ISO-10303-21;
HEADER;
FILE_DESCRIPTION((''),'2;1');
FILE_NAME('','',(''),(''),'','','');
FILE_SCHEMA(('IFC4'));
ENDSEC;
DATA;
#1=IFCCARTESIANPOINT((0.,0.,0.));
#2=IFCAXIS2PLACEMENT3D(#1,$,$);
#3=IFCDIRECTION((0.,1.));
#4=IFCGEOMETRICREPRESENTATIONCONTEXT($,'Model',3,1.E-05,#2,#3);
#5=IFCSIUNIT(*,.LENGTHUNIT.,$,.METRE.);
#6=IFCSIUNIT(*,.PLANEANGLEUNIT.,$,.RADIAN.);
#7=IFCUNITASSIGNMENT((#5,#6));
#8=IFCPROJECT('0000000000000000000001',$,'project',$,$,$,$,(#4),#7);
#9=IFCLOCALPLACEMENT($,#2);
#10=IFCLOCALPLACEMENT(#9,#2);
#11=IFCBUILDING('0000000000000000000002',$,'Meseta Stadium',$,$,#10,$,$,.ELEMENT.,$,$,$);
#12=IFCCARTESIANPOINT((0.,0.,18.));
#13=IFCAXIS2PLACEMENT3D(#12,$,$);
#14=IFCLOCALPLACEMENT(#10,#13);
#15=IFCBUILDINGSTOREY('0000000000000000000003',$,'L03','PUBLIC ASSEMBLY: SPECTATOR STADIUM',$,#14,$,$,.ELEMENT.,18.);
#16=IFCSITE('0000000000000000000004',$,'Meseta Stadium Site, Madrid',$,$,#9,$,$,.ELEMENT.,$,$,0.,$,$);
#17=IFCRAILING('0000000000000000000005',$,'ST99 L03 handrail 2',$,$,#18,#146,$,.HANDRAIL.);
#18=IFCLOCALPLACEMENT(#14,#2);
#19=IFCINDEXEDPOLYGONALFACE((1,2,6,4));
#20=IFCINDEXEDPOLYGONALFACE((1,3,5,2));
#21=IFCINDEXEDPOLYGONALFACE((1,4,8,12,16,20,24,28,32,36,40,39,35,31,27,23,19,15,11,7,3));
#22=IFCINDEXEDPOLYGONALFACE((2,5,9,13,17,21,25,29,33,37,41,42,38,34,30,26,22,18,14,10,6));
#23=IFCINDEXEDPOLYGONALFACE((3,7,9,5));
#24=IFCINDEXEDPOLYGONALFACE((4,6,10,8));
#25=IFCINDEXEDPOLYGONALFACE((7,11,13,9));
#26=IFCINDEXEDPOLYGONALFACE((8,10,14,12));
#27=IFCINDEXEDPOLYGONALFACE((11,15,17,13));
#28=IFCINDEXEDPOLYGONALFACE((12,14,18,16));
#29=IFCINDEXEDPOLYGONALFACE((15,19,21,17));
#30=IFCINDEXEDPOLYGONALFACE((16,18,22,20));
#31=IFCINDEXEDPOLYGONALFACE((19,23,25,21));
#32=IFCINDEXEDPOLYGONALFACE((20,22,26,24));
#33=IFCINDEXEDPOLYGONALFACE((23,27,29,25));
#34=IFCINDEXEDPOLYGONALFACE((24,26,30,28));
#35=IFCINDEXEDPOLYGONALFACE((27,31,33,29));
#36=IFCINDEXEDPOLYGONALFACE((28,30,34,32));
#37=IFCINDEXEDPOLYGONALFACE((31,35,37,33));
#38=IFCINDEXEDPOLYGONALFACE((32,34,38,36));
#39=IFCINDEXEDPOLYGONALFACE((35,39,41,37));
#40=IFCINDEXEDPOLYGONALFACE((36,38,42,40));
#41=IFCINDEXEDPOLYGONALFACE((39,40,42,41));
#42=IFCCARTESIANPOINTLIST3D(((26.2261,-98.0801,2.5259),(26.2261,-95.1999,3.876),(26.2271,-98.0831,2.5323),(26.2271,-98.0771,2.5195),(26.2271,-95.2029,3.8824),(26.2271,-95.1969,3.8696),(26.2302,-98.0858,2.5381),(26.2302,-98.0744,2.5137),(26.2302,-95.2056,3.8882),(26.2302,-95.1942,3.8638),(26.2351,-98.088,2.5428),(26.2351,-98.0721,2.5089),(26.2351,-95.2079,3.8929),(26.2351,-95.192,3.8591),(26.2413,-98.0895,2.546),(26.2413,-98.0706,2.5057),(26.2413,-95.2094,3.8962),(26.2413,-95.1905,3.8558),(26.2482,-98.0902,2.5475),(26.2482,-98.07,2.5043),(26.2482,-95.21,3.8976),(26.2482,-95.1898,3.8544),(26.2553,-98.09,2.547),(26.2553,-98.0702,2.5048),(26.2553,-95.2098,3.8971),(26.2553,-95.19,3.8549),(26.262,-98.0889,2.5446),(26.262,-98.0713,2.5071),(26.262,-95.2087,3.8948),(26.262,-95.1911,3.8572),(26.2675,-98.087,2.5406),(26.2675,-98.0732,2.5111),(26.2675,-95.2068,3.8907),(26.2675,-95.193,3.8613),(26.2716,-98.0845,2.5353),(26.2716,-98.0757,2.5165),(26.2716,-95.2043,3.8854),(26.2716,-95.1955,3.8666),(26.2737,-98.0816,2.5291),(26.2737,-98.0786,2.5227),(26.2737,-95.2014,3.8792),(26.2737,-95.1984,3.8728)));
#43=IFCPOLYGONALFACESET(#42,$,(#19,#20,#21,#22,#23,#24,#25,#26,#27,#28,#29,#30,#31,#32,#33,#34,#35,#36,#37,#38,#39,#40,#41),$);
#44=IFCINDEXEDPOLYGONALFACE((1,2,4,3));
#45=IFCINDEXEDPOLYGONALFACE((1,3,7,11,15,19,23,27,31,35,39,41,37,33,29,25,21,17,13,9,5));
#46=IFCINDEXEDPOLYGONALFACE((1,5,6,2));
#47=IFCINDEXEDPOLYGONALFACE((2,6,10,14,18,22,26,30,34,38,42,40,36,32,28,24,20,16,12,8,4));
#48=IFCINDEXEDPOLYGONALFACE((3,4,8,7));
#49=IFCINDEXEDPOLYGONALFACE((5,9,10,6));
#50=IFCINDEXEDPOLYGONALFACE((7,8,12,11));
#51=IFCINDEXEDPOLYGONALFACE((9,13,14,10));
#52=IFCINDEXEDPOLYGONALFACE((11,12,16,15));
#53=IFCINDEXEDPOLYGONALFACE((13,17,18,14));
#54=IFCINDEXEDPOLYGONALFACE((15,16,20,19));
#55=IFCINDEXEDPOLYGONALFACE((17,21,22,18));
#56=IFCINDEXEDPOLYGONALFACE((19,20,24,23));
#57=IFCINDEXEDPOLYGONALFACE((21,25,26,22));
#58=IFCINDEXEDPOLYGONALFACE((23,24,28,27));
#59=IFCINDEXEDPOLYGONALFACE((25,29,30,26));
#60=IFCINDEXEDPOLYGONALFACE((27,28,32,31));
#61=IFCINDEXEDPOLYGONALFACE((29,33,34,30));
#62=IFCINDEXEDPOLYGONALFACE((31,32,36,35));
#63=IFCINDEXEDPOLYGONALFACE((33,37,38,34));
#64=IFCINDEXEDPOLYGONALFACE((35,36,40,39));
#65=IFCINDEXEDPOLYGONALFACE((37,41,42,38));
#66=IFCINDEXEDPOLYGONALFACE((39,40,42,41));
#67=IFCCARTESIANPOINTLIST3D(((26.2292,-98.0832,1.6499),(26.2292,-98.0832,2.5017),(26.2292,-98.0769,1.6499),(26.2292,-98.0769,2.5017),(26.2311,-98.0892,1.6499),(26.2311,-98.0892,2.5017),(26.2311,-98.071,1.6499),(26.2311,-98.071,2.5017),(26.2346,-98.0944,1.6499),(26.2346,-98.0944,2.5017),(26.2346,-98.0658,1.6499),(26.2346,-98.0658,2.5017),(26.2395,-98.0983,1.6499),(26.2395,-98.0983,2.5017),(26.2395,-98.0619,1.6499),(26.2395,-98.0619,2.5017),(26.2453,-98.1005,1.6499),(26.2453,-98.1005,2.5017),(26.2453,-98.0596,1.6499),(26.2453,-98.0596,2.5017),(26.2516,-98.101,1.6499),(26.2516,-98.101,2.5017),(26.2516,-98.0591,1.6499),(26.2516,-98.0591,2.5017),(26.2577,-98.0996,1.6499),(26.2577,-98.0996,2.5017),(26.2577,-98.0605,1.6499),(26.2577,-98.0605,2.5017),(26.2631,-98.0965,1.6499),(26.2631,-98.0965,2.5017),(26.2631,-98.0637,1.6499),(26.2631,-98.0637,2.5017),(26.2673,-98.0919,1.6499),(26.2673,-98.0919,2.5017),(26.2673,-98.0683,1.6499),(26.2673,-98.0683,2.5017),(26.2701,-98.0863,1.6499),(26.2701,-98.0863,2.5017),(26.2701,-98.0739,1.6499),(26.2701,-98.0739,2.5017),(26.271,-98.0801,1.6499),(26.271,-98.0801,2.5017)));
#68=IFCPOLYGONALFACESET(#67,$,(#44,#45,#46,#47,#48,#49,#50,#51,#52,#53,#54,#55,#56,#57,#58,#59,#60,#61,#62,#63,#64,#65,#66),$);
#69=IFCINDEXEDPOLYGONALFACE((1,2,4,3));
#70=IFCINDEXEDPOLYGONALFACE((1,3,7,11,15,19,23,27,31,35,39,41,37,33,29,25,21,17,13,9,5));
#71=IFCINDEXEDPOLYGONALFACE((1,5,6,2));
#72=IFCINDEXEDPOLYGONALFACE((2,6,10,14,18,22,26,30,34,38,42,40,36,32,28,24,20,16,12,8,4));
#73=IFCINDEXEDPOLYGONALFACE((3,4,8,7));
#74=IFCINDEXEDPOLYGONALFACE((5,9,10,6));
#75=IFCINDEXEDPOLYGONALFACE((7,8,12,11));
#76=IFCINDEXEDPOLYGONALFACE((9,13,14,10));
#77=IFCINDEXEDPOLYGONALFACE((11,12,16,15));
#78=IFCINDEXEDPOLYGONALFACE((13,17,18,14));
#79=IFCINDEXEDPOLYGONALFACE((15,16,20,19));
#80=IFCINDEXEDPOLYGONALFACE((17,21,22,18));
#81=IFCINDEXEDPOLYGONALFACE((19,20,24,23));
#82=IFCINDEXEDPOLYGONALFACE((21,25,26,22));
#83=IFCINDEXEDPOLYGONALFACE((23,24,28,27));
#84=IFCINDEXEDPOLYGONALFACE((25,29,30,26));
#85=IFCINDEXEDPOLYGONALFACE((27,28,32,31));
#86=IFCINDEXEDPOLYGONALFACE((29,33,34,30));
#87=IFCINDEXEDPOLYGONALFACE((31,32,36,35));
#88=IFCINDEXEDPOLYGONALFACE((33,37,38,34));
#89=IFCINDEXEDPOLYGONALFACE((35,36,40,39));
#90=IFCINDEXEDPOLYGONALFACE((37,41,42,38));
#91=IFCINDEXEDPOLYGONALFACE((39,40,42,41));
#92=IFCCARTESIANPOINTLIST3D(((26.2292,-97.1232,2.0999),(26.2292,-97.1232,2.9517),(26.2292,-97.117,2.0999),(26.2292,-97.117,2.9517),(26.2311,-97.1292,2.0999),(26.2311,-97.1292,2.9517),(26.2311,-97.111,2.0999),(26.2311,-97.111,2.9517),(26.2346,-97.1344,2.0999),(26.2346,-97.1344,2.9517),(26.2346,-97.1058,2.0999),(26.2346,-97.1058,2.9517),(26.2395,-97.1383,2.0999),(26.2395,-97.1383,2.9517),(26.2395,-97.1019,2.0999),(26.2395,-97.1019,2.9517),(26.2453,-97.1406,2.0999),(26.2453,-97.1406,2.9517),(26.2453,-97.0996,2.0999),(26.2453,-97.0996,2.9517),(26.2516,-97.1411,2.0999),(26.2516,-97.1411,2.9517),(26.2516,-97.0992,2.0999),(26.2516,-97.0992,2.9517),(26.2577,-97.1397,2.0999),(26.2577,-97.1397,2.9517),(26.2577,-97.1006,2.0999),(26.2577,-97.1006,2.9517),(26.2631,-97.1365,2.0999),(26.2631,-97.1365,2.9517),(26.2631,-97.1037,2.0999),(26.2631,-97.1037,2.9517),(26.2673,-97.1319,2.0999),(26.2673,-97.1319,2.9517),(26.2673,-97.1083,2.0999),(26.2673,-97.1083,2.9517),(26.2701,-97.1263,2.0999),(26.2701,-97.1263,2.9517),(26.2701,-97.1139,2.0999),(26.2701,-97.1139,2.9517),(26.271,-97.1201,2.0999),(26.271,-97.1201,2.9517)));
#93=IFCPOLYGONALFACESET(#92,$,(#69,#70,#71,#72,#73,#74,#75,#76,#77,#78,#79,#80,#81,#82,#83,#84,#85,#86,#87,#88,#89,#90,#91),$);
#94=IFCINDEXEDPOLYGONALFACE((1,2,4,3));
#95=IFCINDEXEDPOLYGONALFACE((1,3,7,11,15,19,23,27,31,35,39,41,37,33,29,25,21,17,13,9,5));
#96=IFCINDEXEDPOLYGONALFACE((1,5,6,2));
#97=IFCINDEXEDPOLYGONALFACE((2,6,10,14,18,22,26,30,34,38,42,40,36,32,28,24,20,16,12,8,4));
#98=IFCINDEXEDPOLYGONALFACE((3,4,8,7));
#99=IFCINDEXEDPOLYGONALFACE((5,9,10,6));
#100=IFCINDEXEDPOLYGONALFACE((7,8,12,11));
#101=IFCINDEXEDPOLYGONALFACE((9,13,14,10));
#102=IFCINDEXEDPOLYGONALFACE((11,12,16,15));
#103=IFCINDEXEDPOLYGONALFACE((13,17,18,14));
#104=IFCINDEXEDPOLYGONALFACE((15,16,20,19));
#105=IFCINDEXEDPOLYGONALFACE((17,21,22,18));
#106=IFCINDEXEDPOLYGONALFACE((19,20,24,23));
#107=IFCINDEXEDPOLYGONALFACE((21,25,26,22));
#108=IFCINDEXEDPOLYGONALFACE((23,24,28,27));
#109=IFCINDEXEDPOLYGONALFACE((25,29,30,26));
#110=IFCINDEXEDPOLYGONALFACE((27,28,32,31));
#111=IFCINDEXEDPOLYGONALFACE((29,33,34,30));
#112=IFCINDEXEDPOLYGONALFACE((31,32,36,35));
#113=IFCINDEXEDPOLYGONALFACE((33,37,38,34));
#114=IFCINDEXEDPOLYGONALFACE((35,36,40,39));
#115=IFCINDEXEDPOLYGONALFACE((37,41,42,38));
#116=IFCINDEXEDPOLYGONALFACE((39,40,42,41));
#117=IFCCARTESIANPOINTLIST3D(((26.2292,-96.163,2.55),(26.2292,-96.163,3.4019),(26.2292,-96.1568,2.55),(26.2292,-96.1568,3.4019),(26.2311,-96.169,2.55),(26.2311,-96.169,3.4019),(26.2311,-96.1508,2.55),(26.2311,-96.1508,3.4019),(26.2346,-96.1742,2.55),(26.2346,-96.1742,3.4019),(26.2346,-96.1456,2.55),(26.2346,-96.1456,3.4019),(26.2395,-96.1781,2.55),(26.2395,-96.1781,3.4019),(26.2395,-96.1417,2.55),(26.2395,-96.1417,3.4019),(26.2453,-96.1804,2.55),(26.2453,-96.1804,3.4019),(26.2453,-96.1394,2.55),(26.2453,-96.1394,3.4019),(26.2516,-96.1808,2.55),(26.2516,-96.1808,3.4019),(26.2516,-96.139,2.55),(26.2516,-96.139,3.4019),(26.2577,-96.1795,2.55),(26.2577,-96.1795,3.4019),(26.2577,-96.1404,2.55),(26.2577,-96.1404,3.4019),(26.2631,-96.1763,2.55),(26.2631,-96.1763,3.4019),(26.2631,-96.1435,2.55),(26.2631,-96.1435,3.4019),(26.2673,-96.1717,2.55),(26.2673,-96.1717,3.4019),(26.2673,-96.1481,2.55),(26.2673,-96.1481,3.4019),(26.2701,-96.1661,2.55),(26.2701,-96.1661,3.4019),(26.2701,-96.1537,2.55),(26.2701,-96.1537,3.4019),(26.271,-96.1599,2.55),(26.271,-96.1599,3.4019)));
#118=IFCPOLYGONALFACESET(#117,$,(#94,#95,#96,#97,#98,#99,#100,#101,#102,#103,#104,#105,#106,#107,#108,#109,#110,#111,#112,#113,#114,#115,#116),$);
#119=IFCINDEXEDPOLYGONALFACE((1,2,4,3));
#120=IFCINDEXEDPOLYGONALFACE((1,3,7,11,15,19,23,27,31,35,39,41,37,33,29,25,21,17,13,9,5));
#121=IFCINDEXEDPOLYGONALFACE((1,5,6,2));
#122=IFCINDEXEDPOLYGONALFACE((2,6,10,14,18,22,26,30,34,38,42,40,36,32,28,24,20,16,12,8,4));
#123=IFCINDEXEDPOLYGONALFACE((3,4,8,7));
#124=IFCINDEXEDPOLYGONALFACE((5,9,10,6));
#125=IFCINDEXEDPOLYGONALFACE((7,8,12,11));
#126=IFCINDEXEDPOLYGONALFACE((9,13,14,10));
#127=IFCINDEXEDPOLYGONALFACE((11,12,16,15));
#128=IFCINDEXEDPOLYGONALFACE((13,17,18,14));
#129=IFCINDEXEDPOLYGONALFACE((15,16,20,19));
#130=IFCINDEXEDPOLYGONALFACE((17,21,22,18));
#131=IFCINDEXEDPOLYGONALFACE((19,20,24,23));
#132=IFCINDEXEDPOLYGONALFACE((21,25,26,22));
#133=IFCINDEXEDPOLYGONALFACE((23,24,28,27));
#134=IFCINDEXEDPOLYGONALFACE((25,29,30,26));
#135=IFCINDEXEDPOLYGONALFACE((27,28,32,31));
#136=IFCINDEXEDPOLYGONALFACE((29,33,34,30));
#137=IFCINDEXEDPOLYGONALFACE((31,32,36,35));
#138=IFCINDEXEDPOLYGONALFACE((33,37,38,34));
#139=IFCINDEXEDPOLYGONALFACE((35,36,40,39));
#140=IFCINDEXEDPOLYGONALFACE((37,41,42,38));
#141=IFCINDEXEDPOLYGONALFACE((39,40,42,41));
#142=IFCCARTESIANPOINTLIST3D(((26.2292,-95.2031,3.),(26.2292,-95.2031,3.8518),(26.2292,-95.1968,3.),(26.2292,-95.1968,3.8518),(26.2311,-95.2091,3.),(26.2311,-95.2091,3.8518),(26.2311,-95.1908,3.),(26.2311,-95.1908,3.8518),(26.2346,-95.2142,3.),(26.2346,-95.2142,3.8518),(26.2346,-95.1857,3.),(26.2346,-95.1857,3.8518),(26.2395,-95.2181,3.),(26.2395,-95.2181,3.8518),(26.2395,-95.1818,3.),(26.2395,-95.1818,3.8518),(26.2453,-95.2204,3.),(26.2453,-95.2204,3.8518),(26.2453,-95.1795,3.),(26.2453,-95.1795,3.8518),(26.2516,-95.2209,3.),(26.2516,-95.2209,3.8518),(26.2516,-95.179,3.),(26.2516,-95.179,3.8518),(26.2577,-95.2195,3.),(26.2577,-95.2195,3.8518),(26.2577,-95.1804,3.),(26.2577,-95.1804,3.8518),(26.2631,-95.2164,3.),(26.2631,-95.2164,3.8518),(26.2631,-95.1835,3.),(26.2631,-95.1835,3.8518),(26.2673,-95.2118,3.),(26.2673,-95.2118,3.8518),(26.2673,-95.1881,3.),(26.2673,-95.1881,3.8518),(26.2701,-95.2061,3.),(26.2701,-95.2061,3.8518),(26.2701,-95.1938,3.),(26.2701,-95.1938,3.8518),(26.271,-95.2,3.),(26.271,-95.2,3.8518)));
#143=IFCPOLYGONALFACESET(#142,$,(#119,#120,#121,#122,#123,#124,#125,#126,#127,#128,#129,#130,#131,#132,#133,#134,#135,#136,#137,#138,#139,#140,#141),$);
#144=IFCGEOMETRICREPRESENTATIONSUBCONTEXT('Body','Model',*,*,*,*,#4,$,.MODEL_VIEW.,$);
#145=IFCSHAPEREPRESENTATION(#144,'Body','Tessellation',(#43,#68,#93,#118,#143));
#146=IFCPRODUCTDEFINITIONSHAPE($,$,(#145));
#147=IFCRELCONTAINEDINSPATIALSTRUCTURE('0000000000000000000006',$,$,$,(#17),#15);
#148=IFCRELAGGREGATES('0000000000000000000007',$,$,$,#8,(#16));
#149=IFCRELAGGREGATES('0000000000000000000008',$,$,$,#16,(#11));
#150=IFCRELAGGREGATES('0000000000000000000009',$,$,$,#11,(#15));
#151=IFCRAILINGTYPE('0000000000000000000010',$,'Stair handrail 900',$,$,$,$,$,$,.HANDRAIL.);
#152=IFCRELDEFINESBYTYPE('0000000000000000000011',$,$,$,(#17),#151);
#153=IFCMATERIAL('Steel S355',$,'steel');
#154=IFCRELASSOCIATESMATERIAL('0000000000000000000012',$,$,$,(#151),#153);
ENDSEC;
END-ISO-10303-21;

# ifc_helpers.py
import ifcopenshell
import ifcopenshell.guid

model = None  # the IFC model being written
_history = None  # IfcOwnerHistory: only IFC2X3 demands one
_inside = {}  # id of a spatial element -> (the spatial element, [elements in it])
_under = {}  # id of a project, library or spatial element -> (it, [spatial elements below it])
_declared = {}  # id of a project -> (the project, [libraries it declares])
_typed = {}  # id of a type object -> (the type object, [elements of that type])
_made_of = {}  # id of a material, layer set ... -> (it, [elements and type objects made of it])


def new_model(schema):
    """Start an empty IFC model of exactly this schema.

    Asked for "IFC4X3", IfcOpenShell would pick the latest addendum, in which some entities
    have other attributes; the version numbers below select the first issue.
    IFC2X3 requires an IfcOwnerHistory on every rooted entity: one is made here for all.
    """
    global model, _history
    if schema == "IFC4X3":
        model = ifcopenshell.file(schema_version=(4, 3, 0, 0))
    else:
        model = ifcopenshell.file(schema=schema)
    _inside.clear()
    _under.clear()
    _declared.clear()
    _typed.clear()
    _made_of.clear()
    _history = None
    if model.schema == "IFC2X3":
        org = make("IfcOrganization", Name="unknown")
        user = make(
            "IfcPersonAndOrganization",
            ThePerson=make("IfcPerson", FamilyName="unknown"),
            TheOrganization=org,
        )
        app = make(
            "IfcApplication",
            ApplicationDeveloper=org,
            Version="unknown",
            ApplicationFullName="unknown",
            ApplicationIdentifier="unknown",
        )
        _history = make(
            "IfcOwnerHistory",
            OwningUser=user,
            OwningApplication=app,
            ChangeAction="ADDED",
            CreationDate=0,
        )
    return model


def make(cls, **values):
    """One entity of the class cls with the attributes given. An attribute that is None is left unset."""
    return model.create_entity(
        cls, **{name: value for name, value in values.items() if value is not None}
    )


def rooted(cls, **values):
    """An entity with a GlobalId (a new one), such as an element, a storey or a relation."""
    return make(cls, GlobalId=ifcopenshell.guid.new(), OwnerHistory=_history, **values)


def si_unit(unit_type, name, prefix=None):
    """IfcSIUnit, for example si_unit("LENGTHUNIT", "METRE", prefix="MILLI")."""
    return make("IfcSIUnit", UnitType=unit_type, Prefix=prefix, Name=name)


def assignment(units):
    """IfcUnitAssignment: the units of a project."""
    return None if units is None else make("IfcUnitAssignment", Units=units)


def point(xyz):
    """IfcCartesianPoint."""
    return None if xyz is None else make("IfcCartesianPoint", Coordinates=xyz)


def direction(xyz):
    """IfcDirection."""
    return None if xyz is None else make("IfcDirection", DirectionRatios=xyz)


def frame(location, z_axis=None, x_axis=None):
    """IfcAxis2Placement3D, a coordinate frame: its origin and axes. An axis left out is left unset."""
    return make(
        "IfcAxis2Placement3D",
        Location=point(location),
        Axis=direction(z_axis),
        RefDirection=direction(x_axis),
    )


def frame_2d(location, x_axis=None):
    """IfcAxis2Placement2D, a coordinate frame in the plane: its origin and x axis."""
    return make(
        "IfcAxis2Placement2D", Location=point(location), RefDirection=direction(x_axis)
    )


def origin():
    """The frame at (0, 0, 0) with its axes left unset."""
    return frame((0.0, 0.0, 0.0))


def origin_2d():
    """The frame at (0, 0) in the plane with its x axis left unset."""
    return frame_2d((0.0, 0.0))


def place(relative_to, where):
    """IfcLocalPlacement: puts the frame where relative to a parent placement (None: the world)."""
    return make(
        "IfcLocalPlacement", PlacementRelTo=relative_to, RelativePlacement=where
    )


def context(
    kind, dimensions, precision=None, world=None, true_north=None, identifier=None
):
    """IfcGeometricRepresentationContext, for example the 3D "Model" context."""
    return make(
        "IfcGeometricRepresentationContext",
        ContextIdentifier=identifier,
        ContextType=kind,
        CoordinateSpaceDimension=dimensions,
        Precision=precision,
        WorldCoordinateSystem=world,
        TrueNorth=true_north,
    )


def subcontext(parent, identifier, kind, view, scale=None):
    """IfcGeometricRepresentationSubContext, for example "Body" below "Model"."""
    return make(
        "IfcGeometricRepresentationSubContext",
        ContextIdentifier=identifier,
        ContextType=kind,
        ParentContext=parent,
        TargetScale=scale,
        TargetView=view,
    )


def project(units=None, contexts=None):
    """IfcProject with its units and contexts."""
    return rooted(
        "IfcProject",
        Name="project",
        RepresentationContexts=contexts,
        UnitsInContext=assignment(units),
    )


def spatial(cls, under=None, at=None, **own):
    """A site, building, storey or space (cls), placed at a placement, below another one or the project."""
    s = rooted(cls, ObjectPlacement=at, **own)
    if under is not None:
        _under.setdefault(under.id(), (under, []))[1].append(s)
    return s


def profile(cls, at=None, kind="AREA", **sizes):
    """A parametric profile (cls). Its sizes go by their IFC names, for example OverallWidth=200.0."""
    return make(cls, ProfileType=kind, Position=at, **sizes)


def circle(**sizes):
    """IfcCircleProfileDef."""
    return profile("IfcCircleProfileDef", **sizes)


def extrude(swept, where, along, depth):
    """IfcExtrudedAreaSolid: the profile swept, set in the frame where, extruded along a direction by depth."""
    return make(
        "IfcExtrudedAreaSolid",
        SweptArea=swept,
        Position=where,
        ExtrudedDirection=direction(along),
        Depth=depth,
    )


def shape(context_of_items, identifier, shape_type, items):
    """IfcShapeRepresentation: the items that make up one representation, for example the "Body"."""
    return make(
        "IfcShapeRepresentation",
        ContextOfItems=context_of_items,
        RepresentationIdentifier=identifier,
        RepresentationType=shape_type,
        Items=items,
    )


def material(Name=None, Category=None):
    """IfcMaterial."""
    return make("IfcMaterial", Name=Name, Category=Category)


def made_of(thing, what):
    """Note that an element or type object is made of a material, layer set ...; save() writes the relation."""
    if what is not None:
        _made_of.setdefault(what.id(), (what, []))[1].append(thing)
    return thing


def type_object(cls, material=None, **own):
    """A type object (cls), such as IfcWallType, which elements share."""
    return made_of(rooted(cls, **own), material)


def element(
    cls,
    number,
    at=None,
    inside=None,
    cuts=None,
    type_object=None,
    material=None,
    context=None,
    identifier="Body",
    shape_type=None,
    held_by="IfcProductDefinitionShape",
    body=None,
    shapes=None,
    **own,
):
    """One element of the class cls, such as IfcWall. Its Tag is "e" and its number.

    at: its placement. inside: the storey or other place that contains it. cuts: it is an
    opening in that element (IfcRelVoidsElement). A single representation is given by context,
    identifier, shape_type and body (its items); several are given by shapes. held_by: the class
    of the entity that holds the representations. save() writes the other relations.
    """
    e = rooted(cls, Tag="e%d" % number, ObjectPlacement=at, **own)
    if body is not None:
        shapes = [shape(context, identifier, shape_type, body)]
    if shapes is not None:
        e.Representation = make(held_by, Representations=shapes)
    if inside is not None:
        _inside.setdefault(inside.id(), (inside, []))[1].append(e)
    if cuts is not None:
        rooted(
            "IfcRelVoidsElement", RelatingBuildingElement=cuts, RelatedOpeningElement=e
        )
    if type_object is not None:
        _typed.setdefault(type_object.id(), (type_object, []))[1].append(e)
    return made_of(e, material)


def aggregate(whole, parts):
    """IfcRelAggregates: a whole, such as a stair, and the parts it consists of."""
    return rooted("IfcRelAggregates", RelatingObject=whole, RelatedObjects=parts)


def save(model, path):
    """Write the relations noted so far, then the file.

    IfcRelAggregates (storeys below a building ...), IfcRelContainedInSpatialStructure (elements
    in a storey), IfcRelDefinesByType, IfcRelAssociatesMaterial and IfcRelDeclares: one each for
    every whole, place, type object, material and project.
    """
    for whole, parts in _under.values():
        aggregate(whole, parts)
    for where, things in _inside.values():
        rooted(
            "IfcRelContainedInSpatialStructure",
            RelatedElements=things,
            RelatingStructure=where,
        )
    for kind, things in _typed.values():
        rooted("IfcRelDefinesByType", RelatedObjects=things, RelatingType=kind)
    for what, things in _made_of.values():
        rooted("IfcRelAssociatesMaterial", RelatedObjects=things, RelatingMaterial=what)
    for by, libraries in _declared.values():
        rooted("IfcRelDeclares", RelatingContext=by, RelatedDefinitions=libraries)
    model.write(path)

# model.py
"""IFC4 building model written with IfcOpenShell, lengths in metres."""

from ifc_helpers import new_model, si_unit, direction, frame, origin, origin_2d, place, context, subcontext, project, spatial, circle, extrude, material, type_object, element, save


model = new_model("IFC4")

# Units and contexts
model_context = context("Model", 3, precision=1e-05, world=origin(), true_north=direction((0.0, 1.0)))
body_context = subcontext(model_context, "Body", "Model", "MODEL_VIEW")
ifc_project = project(units=[si_unit("LENGTHUNIT", "METRE"), si_unit("PLANEANGLEUNIT", "RADIAN")], contexts=[model_context])

# Site, building, storey
site_placement = place(None, origin())
site = spatial("IfcSite", under=ifc_project, at=site_placement, Name="Meseta Stadium Site, Madrid", CompositionType="ELEMENT", RefElevation=0.0)
building_placement = place(site_placement, origin())
building = spatial("IfcBuilding", under=site, at=building_placement, Name="Meseta Stadium", CompositionType="ELEMENT")
storey_placement = place(building_placement, frame((0.0, 0.0, 18.0)))
storey = spatial("IfcBuildingStorey", under=building, at=storey_placement, Name="L03", Description="PUBLIC ASSEMBLY: SPECTATOR STADIUM", CompositionType="ELEMENT", Elevation=18.0)

# Railing
ifc_material_1 = material(Name="Steel S355", Category="steel")
railing_type_1 = type_object("IfcRailingType", Name="Stair handrail 900", PredefinedType="HANDRAIL", material=ifc_material_1)
for number, where, name in (
    (1, (26.25, -98.0801, 1.6499), "ST99 L03 handrail 2"),
):
    element("IfcRailing", number, at=place(storey_placement, frame(where)), inside=storey, type_object=railing_type_1, Name=name, PredefinedType="HANDRAIL", context=body_context, shape_type="SweptSolid", body=[
        extrude(circle(Radius=0.0239, at=origin_2d()), frame((0.0, 0.0, 0.876), z_axis=(0.0, 0.905454, 0.424444), x_axis=(-1.0, 0.0, 0.0)), (0.0, 0.0, 1.0), 3.1809),
        extrude(circle(Radius=0.021, at=origin_2d()), origin(), (0.0, 0.0, 1.0), 0.8518),
        extrude(circle(Radius=0.021, at=origin_2d()), frame((0.0, 0.96, 0.45)), (0.0, 0.0, 1.0), 0.8518),
        extrude(circle(Radius=0.021, at=origin_2d()), frame((0.0, 1.9202, 0.9001)), (0.0, 0.0, 1.0), 0.8518),
        extrude(circle(Radius=0.021, at=origin_2d()), frame((0.0, 2.8801, 1.3501)), (0.0, 0.0, 1.0), 0.8518),
    ])

save(model, "model.ifc")
